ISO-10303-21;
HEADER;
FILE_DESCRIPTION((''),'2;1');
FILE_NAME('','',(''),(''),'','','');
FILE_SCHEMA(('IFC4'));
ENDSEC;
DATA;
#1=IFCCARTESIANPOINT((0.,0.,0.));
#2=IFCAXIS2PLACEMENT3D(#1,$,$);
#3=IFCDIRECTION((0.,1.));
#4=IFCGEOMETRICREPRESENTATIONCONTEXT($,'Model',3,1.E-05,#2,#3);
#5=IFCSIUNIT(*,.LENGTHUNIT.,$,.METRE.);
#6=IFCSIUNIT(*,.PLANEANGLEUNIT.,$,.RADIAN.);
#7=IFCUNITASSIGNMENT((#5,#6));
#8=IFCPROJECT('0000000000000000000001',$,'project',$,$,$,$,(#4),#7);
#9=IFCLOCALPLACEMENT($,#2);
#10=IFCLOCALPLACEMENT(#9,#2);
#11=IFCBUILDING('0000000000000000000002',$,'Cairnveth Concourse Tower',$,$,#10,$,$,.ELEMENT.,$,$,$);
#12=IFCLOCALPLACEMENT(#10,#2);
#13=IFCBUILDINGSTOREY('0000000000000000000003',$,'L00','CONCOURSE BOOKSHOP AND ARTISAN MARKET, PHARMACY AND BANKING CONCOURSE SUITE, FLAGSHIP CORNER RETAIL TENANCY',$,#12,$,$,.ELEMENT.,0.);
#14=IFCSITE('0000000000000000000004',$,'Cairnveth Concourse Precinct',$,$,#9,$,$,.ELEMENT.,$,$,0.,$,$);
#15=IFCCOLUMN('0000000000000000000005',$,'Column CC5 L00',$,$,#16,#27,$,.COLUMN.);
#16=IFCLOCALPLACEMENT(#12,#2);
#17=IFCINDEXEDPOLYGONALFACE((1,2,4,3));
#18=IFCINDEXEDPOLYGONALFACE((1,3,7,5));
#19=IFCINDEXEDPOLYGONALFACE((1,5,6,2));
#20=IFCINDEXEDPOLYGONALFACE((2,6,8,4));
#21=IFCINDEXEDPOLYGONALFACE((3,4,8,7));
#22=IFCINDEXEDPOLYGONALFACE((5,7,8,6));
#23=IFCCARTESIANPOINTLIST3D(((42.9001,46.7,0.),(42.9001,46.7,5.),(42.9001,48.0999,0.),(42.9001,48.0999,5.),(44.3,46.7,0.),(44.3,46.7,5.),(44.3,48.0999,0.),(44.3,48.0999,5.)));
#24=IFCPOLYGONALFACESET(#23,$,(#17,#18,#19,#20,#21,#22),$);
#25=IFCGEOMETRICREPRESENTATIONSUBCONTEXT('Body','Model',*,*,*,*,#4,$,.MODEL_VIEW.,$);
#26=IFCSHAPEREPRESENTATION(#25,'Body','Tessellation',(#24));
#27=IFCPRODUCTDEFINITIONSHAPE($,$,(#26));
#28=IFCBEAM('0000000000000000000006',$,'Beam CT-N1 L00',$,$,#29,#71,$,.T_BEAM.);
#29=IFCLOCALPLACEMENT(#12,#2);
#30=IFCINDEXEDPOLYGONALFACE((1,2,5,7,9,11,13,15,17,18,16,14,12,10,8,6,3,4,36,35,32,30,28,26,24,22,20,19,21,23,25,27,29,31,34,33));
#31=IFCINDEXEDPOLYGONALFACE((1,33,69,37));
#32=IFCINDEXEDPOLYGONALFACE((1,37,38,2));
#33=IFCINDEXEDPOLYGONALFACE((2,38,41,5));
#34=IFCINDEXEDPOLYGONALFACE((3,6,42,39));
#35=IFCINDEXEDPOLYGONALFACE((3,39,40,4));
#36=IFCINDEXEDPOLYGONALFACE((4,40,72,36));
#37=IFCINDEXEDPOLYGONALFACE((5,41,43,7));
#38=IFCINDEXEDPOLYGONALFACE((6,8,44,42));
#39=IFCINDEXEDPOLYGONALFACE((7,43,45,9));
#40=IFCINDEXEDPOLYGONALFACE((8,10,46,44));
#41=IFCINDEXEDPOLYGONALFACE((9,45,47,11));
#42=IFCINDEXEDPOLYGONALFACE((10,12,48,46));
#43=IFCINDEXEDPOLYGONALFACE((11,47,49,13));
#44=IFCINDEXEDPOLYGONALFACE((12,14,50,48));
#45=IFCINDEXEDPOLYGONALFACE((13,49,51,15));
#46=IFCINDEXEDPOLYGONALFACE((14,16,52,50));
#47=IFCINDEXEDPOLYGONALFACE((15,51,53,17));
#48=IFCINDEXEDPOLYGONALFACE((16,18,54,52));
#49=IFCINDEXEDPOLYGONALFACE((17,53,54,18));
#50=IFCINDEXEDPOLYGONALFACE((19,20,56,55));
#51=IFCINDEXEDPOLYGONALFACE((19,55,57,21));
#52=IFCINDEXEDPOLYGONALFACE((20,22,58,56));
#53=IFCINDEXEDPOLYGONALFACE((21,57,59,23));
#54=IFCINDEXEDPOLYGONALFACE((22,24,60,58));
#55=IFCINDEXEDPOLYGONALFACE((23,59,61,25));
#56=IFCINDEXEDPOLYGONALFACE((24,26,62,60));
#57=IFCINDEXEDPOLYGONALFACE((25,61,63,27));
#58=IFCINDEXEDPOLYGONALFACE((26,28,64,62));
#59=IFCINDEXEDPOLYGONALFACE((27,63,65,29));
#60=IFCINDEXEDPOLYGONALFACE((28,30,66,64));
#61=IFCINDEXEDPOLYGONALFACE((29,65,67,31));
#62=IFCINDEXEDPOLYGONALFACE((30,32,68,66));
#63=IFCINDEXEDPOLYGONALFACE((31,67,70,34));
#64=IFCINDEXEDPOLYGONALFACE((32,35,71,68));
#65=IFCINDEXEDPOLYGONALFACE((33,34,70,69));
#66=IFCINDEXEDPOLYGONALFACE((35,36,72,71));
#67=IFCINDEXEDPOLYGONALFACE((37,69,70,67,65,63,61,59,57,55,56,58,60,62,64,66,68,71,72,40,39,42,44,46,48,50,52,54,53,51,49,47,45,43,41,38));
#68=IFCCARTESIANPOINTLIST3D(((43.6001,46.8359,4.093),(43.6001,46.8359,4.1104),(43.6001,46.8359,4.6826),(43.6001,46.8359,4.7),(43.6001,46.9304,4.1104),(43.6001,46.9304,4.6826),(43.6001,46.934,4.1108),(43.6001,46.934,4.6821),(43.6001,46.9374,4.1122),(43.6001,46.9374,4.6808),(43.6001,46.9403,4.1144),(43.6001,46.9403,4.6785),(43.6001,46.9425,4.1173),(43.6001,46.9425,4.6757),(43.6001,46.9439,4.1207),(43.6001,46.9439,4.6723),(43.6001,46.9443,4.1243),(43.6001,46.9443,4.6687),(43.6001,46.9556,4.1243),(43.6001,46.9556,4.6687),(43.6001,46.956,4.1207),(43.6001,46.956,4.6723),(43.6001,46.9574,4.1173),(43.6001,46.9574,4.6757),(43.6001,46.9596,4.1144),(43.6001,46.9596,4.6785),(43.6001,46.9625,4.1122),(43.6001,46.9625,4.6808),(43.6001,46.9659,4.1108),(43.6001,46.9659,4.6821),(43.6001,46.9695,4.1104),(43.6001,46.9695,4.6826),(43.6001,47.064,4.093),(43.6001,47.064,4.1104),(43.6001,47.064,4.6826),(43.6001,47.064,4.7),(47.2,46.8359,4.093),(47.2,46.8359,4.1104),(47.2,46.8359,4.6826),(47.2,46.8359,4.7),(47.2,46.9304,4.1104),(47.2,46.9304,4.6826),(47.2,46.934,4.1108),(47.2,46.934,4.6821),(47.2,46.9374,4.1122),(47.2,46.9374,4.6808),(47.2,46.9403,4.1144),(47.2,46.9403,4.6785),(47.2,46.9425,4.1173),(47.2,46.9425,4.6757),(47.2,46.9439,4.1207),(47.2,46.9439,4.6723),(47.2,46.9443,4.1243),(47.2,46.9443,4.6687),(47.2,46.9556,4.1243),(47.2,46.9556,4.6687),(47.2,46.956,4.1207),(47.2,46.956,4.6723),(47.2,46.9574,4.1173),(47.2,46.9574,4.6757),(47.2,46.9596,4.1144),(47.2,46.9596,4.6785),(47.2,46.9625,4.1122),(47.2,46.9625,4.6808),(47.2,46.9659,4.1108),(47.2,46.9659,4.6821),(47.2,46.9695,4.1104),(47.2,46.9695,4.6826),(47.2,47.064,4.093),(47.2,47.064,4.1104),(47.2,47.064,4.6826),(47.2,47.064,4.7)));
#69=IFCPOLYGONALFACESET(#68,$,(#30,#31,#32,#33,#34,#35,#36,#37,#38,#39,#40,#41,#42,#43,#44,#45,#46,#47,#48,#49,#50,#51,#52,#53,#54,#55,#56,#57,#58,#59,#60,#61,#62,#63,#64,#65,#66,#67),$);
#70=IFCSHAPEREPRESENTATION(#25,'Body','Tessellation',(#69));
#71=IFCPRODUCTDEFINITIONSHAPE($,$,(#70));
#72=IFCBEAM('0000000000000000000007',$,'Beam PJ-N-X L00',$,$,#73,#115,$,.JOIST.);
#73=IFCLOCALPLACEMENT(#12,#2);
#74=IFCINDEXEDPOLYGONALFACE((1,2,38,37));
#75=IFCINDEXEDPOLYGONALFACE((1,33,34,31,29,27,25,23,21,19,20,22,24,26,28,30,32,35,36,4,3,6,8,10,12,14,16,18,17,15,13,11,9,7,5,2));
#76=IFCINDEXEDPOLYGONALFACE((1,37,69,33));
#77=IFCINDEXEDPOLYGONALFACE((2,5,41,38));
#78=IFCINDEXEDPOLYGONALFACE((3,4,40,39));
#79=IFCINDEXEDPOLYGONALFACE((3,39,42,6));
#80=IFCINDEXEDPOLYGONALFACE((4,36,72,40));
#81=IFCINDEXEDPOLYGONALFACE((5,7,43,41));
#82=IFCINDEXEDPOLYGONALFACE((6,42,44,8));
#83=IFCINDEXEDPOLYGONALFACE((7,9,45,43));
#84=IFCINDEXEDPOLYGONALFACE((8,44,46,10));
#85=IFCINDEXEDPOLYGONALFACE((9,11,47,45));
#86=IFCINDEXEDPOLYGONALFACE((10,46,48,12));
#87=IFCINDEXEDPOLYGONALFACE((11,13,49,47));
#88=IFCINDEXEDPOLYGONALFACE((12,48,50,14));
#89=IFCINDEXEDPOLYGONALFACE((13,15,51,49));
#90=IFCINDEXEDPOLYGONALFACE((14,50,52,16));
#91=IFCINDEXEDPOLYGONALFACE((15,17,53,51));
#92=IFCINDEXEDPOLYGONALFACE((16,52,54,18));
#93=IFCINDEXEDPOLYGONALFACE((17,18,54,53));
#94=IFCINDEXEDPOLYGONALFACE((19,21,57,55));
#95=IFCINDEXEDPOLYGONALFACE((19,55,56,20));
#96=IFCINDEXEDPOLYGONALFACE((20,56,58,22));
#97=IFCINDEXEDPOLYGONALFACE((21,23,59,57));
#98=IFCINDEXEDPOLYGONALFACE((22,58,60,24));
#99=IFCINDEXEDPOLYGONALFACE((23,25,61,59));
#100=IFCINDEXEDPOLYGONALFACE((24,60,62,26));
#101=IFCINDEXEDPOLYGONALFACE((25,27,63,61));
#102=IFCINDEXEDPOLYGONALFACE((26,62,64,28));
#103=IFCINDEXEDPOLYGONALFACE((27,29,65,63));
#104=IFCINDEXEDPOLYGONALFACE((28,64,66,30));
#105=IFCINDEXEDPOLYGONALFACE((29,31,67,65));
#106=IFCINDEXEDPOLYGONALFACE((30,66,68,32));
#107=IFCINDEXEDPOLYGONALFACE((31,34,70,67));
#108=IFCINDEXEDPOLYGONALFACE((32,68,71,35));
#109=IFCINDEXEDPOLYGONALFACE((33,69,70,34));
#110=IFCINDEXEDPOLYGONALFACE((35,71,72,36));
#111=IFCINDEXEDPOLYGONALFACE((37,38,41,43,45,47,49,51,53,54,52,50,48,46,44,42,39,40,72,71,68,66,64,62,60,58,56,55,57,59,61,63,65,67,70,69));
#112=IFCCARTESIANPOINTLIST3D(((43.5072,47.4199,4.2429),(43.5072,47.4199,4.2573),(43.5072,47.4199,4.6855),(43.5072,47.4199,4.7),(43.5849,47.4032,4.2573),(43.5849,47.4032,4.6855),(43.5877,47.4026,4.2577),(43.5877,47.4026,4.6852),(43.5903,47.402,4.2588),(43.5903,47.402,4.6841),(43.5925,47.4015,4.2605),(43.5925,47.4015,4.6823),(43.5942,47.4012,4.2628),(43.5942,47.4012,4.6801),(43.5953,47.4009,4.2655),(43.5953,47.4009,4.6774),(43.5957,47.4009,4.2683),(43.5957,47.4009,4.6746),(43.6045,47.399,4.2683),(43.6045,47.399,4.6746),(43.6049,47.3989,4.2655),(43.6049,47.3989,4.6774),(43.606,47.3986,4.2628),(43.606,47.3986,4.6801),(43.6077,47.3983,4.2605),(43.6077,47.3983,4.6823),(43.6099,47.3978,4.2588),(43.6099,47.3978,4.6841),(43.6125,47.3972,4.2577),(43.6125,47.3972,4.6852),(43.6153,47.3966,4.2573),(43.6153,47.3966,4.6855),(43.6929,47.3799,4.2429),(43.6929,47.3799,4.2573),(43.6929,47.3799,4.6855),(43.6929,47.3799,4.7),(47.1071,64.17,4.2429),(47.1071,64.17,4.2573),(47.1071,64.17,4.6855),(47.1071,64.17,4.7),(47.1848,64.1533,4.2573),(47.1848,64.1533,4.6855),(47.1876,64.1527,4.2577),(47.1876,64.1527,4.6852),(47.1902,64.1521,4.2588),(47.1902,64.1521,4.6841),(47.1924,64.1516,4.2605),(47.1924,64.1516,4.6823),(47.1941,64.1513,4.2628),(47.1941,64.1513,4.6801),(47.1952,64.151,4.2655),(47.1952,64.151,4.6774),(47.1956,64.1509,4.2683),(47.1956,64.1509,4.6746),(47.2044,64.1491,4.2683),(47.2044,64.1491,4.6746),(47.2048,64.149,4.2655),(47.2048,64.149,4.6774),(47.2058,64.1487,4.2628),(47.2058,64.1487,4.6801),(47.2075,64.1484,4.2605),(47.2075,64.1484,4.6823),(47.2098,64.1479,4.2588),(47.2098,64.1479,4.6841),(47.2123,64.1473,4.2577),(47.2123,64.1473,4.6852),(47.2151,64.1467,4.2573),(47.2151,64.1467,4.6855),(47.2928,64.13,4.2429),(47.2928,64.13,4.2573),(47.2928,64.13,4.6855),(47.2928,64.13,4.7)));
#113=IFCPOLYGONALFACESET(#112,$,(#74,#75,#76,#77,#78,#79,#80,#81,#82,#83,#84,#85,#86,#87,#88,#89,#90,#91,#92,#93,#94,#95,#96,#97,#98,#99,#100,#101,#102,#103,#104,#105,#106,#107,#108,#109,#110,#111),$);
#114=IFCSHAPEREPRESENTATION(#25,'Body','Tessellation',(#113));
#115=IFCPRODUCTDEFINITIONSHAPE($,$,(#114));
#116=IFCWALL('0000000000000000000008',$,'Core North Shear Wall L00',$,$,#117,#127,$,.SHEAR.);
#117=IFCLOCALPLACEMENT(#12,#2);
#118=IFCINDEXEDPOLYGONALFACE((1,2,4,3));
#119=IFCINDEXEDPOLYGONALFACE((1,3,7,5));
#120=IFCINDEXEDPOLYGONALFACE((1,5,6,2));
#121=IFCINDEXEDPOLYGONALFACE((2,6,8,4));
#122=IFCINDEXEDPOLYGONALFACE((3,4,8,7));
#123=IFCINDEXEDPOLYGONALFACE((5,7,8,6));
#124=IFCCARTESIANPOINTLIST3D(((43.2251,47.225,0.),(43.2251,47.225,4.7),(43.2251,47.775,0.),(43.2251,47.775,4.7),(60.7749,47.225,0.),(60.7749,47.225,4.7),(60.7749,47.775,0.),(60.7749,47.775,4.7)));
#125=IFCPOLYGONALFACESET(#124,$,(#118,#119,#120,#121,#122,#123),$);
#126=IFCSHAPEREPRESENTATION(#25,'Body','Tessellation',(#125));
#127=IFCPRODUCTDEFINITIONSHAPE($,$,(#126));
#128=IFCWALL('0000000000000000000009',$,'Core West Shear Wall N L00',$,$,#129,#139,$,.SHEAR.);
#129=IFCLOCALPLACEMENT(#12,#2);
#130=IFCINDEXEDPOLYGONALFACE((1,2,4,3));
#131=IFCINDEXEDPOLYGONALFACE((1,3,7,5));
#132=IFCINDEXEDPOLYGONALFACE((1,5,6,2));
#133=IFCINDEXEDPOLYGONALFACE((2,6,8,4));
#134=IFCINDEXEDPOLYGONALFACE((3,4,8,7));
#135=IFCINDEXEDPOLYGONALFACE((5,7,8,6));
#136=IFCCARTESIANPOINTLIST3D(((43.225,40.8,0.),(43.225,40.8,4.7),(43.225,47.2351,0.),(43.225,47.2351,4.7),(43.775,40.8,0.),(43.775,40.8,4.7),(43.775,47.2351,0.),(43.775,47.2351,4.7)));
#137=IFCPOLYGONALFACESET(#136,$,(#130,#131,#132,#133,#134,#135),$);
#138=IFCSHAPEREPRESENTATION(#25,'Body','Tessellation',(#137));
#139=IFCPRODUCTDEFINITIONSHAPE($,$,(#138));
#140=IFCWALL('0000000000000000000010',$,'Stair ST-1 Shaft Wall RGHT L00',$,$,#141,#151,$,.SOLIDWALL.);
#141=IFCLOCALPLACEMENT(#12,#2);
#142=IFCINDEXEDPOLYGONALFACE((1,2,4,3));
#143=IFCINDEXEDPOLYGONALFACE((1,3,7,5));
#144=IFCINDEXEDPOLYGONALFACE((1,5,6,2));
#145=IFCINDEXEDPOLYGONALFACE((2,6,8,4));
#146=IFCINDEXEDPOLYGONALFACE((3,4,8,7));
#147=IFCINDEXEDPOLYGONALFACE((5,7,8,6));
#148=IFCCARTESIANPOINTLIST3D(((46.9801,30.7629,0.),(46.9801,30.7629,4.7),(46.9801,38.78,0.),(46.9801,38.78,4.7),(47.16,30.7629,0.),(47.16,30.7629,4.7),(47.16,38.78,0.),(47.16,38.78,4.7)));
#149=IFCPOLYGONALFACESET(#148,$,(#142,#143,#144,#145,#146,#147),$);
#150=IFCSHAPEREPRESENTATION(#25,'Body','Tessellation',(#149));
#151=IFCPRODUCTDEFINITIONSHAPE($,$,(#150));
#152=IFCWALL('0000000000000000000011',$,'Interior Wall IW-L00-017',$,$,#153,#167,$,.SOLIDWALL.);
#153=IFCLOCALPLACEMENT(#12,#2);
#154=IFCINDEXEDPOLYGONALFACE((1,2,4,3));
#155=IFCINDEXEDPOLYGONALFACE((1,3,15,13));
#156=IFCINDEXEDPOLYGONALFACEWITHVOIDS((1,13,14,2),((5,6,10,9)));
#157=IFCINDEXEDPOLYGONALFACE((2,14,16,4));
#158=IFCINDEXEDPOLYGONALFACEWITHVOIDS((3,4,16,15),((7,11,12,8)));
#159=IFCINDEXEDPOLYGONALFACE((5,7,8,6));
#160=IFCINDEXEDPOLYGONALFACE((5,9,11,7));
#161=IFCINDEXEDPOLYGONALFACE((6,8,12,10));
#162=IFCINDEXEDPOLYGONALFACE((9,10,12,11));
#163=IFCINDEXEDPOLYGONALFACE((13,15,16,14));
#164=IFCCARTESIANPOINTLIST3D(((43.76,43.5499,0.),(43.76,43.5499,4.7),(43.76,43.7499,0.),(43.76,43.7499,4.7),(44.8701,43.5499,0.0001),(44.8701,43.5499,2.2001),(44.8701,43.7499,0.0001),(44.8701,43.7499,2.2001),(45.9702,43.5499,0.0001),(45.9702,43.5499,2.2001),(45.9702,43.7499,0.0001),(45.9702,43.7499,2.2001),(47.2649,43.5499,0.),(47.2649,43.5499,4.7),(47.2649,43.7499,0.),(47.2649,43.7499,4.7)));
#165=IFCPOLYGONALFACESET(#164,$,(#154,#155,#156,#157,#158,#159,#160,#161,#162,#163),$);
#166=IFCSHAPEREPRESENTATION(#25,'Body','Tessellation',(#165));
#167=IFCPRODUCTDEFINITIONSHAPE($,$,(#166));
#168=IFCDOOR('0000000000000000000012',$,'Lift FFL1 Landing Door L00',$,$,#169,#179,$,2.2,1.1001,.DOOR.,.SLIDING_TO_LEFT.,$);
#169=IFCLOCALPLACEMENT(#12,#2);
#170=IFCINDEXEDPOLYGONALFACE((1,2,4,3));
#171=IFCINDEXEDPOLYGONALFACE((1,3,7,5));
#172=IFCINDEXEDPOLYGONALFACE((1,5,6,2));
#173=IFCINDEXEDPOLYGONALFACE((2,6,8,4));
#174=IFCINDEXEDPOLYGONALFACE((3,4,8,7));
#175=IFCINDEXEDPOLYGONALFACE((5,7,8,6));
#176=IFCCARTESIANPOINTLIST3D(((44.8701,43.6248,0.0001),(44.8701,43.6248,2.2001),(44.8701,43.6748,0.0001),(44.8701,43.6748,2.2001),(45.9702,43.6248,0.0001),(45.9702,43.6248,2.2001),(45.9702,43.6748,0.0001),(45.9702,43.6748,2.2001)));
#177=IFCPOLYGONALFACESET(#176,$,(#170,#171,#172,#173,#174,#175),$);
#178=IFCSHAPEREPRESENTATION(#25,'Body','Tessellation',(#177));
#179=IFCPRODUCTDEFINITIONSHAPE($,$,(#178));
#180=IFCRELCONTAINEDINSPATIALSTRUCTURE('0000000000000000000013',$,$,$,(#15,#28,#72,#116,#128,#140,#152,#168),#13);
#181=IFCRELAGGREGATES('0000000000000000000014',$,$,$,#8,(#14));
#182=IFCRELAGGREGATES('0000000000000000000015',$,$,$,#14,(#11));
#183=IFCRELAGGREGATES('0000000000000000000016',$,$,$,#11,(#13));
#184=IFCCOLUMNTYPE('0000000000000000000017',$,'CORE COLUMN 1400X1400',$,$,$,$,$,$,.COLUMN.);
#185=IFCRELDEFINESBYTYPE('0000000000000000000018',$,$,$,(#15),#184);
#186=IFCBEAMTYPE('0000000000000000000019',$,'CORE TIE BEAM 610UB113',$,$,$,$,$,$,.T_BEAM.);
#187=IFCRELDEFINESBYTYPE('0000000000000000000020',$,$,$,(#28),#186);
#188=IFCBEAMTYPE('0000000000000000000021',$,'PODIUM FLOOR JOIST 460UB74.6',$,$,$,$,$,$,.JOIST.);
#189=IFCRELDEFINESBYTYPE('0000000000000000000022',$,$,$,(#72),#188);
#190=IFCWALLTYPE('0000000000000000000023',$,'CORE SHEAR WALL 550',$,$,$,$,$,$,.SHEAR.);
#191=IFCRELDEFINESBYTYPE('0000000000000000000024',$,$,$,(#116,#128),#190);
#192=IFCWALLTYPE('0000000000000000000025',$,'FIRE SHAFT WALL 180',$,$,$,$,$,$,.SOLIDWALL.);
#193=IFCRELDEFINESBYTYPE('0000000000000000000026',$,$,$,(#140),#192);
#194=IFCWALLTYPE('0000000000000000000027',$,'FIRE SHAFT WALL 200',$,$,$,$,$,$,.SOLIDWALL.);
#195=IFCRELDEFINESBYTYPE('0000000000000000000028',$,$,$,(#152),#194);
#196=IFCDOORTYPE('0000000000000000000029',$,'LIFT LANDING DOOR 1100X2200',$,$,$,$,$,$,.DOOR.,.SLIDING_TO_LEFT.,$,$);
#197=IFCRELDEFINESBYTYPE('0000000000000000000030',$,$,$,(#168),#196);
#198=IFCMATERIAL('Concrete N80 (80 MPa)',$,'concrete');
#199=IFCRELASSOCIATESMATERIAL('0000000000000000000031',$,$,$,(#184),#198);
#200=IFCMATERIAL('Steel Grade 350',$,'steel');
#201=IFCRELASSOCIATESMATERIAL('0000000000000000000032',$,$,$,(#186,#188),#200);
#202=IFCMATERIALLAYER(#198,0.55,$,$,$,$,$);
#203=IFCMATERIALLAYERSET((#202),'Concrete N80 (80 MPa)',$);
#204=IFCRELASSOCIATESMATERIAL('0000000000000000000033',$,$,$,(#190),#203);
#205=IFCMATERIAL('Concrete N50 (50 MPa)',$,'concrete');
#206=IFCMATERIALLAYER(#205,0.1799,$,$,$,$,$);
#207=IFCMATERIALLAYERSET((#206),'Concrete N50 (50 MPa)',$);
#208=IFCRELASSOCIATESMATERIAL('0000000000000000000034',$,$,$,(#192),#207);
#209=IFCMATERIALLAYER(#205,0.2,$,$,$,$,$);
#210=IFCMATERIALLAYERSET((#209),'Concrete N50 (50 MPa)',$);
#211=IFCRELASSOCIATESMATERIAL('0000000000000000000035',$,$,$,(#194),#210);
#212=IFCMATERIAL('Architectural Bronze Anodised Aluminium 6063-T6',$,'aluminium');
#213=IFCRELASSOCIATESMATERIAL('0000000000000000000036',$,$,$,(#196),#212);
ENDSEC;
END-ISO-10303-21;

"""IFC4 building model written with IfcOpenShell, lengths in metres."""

from ifc_helpers import new_model, si_unit, direction, frame, frame_2d, origin, origin_2d, place, context, subcontext, project, spatial, rectangle, i_section, extrude, material, layer, layer_set, material_profile, profile_set, type_object, element, fill, save


model = new_model("IFC4")

# Units and contexts
model_context = context("Model", 3, precision=1e-05, world=origin(), true_north=direction((0.0, 1.0)))
body_context = subcontext(model_context, "Body", "Model", "MODEL_VIEW")
ifc_project = project(units=[si_unit("LENGTHUNIT", "METRE"), si_unit("PLANEANGLEUNIT", "RADIAN")], contexts=[model_context])

# Site, building, storey
site_placement = place(None, origin())
site = spatial("IfcSite", under=ifc_project, at=site_placement, Name="Cairnveth Concourse Precinct", CompositionType="ELEMENT", RefElevation=0.0)
building_placement = place(site_placement, origin())
building = spatial("IfcBuilding", under=site, at=building_placement, Name="Cairnveth Concourse Tower", CompositionType="ELEMENT")
storey_placement = place(building_placement, origin())
storey = spatial("IfcBuildingStorey", under=building, at=storey_placement, Name="L00", Description="CONCOURSE BOOKSHOP AND ARTISAN MARKET, PHARMACY AND BANKING CONCOURSE SUITE, FLAGSHIP CORNER RETAIL TENANCY", CompositionType="ELEMENT", Elevation=0.0)

# Column
ifc_material_1 = material(Name="Concrete N80 (80 MPa)", Category="concrete")
ifc_material_profile_1 = material_profile(ifc_material_1, rectangle(XDim=1.3999, YDim=1.3999, at=origin_2d()), Name="RC-COL-1400x1400")
ifc_profile_set_1 = profile_set([ifc_material_profile_1], Name="Concrete N80 (80 MPa)")
column_type = type_object("IfcColumnType", Name="CORE COLUMN 1400X1400", PredefinedType="COLUMN", material=ifc_profile_set_1)
column_placement = place(storey_placement, frame((43.6001, 47.3999, 0.0), z_axis=(0.0, 0.0, 1.0), x_axis=(1.0, 0.0, 0.0)))
element("IfcColumn", 1, at=column_placement, inside=storey, type_object=column_type, Name="Column CC5 L00", PredefinedType="COLUMN", context=body_context, shape_type="SweptSolid", body=[
    extrude(rectangle(XDim=1.3999, YDim=1.3999, at=origin_2d()), origin(), (0.0, 0.0, 1.0), 5.0),
])

# Beams
ifc_material_2 = material(Name="Steel Grade 350", Category="steel")
ifc_material_profile_2 = material_profile(ifc_material_2, i_section(OverallWidth=0.228, OverallDepth=0.6069, WebThickness=0.0112, FlangeThickness=0.0173, FilletRadius=0.0139, at=origin_2d()), Name="610UB113")
ifc_profile_set_2 = profile_set([ifc_material_profile_2], Name="Steel Grade 350")
beam_type_1 = type_object("IfcBeamType", Name="CORE TIE BEAM 610UB113", PredefinedType="T_BEAM", material=ifc_profile_set_2)
beam_1_placement = place(storey_placement, frame((43.6001, 46.95, 4.3965), z_axis=(1.0, 0.0, 0.0), x_axis=(0.0, 1.0, 0.0)))
element("IfcBeam", 2, at=beam_1_placement, inside=storey, type_object=beam_type_1, Name="Beam CT-N1 L00", PredefinedType="T_BEAM", context=body_context, shape_type="SweptSolid", body=[
    extrude(i_section(OverallWidth=0.228, OverallDepth=0.6069, WebThickness=0.0112, FlangeThickness=0.0173, FilletRadius=0.0139, at=origin_2d()), origin(), (0.0, 0.0, 1.0), 3.5999),
])
ifc_material_profile_3 = material_profile(ifc_material_2, i_section(OverallWidth=0.1899, OverallDepth=0.457, WebThickness=0.009, FlangeThickness=0.0144, FilletRadius=0.011, at=origin_2d()), Name="460UB74.6")
ifc_profile_set_3 = profile_set([ifc_material_profile_3], Name="Steel Grade 350")
beam_type_2 = type_object("IfcBeamType", Name="PODIUM FLOOR JOIST 460UB74.6", PredefinedType="JOIST", material=ifc_profile_set_3)
beam_2_placement = place(storey_placement, frame((43.6001, 47.3999, 4.4714), z_axis=(0.210119, 0.977676, 0.0), x_axis=(-0.977676, 0.210119, 0.0)))
element("IfcBeam", 3, at=beam_2_placement, inside=storey, type_object=beam_type_2, Name="Beam PJ-N-X L00", PredefinedType="JOIST", context=body_context, shape_type="SweptSolid", body=[
    extrude(i_section(OverallWidth=0.1899, OverallDepth=0.457, WebThickness=0.009, FlangeThickness=0.0144, FilletRadius=0.011, at=origin_2d()), origin(), (0.0, 0.0, 1.0), 17.1326),
])

# Walls
ifc_layer_1 = layer(ifc_material_1, 0.55)
ifc_layer_set_1 = layer_set([ifc_layer_1], Name="Concrete N80 (80 MPa)")
wall_type_1 = type_object("IfcWallType", Name="CORE SHEAR WALL 550", PredefinedType="SHEAR", material=ifc_layer_set_1)
wall_1_placement = place(storey_placement, frame((43.2251, 47.5, 0.0), z_axis=(0.0, 0.0, 1.0), x_axis=(1.0, 0.0, 0.0)))
element("IfcWall", 4, at=wall_1_placement, inside=storey, type_object=wall_type_1, Name="Core North Shear Wall L00", PredefinedType="SHEAR", context=body_context, shape_type="SweptSolid", body=[
    extrude(rectangle(XDim=17.5498, YDim=0.55, at=frame_2d((8.7749, 0.0))), origin(), (0.0, 0.0, 1.0), 4.7),
])
wall_2_placement = place(storey_placement, frame((43.5, 40.8, 0.0), z_axis=(0.0, 0.0, 1.0), x_axis=(0.0, 1.0, 0.0)))
element("IfcWall", 5, at=wall_2_placement, inside=storey, type_object=wall_type_1, Name="Core West Shear Wall N L00", PredefinedType="SHEAR", context=body_context, shape_type="SweptSolid", body=[
    extrude(rectangle(XDim=6.4351, YDim=0.55, at=frame_2d((3.2175, 0.0))), origin(), (0.0, 0.0, 1.0), 4.7),
])

# Shared definitions
ifc_material_3 = material(Name="Concrete N50 (50 MPa)", Category="concrete")
ifc_layer_2 = layer(ifc_material_3, 0.1799)
ifc_layer_set_2 = layer_set([ifc_layer_2], Name="Concrete N50 (50 MPa)")
wall_type_2 = type_object("IfcWallType", Name="FIRE SHAFT WALL 180", PredefinedType="SOLIDWALL", material=ifc_layer_set_2)

# Wall
wall_3_placement = place(storey_placement, frame((47.0701, 38.78, 0.0), z_axis=(0.0, 0.0, 1.0), x_axis=(0.0, -1.0, 0.0)))
element("IfcWall", 6, at=wall_3_placement, inside=storey, type_object=wall_type_2, Name="Stair ST-1 Shaft Wall RGHT L00", PredefinedType="SOLIDWALL", context=body_context, shape_type="SweptSolid", body=[
    extrude(rectangle(XDim=8.0171, YDim=0.1799, at=frame_2d((4.0085, 0.0))), origin(), (0.0, 0.0, 1.0), 4.7),
])

# Wall, opening, door
ifc_layer_3 = layer(ifc_material_3, 0.2)
ifc_layer_set_3 = layer_set([ifc_layer_3], Name="Concrete N50 (50 MPa)")
wall_type_3 = type_object("IfcWallType", Name="FIRE SHAFT WALL 200", PredefinedType="SOLIDWALL", material=ifc_layer_set_3)
wall_4_placement = place(storey_placement, frame((43.76, 43.6499, 0.0), z_axis=(0.0, 0.0, 1.0), x_axis=(1.0, 0.0, 0.0)))
wall_4 = element("IfcWall", 7, at=wall_4_placement, inside=storey, type_object=wall_type_3, Name="Interior Wall IW-L00-017", PredefinedType="SOLIDWALL", context=body_context, shape_type="SweptSolid", body=[
    extrude(rectangle(XDim=3.5049, YDim=0.2, at=frame_2d((1.7524, 0.0))), origin(), (0.0, 0.0, 1.0), 4.7),
])
opening_1_placement = place(wall_4_placement, frame((1.1101, 0.0, 0.0)))
opening_1 = element("IfcOpeningElement", 8, at=opening_1_placement, cuts=wall_4, PredefinedType="OPENING", context=body_context, shape_type="SweptSolid", body=[
    extrude(rectangle(XDim=1.1001, YDim=2.2, at=frame_2d((0.55, 1.1001))), frame((0.0, 0.1099, 0.0), z_axis=(0.0, -1.0, 0.0), x_axis=(1.0, 0.0, 0.0)), (0.0, 0.0, 1.0), 0.22),
])
ifc_material_4 = material(Name="Architectural Bronze Anodised Aluminium 6063-T6", Category="aluminium")
door_type_1 = type_object("IfcDoorType", Name="LIFT LANDING DOOR 1100X2200", OperationType="SLIDING_TO_LEFT", PredefinedType="DOOR", material=ifc_material_4)
door_1_placement = place(opening_1_placement, origin())
door_1 = element("IfcDoor", 9, at=door_1_placement, inside=storey, type_object=door_type_1, Name="Lift FFL1 Landing Door L00", OperationType="SLIDING_TO_LEFT", OverallHeight=2.2, OverallWidth=1.1001, PredefinedType="DOOR", context=body_context, shape_type="SweptSolid", body=[
    extrude(rectangle(XDim=1.1001, YDim=2.2, at=frame_2d((0.55, 1.1001))), frame((0.0, 0.0249, 0.0), z_axis=(0.0, -1.0, 0.0), x_axis=(1.0, 0.0, 0.0)), (0.0, 0.0, 1.0), 0.05),
])
fill(opening_1, door_1)

save(model, "model.ifc")
